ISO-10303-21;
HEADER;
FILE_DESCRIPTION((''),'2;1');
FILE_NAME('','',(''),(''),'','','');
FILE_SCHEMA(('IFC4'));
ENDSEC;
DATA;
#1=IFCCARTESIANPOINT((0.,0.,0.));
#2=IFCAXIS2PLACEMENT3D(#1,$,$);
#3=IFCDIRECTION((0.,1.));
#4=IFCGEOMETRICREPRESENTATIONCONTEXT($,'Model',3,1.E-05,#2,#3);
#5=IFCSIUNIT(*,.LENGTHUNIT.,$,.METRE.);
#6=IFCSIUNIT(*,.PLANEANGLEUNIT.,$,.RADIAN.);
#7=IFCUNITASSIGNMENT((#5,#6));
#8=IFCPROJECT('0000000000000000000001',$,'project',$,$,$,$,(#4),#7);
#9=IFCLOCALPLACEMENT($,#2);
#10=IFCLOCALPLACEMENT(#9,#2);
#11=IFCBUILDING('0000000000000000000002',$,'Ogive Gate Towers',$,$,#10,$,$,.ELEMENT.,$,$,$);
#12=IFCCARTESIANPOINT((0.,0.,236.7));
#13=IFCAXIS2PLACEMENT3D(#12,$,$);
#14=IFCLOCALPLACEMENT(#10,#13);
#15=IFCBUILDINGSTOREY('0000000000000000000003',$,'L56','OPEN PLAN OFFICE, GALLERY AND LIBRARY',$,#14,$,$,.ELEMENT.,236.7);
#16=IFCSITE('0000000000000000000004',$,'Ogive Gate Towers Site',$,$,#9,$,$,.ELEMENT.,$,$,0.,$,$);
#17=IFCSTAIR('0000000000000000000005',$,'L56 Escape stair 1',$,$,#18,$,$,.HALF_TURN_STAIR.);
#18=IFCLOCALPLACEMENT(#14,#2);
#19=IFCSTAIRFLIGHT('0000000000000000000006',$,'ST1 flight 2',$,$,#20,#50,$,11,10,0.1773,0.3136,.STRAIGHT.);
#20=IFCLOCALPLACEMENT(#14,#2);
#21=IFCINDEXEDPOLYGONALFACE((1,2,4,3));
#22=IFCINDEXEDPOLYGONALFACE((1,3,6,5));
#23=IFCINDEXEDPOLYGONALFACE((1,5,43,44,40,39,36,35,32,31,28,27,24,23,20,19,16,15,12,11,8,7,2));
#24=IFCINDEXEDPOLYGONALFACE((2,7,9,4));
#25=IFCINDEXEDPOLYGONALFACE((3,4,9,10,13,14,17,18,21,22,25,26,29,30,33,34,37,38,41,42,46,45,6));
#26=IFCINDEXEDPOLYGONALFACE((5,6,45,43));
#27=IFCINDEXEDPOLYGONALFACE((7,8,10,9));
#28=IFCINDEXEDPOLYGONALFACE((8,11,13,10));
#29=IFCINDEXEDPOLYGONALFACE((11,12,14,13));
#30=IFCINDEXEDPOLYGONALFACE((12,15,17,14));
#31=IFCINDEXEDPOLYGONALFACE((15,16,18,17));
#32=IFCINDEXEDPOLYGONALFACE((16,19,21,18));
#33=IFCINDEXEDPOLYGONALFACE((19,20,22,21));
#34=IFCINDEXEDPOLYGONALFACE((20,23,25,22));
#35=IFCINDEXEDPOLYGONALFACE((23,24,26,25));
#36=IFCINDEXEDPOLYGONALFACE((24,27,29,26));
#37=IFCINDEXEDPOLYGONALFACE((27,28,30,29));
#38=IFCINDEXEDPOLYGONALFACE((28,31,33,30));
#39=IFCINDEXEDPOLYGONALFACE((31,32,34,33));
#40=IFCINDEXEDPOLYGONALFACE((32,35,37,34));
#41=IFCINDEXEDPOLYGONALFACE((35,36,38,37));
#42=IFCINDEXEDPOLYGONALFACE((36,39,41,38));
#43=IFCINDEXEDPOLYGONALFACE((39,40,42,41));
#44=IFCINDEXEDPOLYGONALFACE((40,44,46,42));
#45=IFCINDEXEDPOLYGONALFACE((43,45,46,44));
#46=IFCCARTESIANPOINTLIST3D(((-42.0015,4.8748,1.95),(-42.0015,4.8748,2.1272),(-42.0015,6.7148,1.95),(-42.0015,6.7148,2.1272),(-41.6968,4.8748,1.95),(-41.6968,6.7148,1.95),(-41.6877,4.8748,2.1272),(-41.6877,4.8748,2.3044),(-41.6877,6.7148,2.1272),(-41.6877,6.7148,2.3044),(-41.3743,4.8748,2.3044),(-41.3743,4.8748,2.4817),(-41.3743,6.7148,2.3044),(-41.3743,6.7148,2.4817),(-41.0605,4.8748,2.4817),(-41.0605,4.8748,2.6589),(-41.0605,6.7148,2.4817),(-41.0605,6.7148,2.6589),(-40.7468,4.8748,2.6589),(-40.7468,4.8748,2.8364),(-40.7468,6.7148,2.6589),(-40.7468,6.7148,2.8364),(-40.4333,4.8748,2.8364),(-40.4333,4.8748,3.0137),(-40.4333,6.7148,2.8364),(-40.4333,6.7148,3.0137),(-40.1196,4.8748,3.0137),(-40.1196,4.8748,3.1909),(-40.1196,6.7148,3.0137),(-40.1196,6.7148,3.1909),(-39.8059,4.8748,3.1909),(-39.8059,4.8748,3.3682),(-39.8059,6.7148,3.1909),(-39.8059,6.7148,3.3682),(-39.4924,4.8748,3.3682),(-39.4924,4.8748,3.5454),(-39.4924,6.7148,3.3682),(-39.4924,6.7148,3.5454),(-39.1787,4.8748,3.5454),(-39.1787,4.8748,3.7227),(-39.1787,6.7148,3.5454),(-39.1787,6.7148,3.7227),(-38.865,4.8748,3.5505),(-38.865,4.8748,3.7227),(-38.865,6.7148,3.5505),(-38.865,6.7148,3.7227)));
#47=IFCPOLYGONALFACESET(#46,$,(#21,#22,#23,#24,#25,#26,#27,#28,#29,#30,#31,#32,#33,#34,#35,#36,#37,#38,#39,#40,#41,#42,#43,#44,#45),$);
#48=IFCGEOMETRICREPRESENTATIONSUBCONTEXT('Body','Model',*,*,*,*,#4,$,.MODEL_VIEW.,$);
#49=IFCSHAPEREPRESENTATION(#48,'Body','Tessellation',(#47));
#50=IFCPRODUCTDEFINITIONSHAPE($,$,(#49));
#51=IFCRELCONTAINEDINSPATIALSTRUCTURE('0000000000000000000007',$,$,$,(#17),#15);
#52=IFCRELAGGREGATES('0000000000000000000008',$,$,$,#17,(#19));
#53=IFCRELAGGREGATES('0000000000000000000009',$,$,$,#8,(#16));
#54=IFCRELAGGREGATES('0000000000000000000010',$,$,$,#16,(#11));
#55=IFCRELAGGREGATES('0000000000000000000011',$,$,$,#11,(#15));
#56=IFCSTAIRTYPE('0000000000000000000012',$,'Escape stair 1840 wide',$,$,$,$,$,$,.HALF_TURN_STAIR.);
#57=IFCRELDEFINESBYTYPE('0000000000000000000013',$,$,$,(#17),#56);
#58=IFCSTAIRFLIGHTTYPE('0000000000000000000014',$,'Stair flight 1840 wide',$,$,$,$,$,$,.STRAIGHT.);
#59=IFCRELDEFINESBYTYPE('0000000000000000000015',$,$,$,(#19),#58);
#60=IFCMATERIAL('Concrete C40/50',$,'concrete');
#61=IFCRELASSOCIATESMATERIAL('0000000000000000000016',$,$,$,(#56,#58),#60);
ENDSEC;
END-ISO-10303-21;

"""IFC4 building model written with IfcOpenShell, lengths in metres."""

from ifc_helpers import new_model, si_unit, direction, frame, origin, place, context, subcontext, project, spatial, polyline, outline, extrude, material, type_object, element, aggregate, save


model = new_model("IFC4")

# Units and contexts
model_context = context("Model", 3, precision=1e-05, world=origin(), true_north=direction((0.0, 1.0)))
body_context = subcontext(model_context, "Body", "Model", "MODEL_VIEW")
ifc_project = project(units=[si_unit("LENGTHUNIT", "METRE"), si_unit("PLANEANGLEUNIT", "RADIAN")], contexts=[model_context])

# Site, building, storey
site_placement = place(None, origin())
site = spatial("IfcSite", under=ifc_project, at=site_placement, Name="Ogive Gate Towers Site", CompositionType="ELEMENT", RefElevation=0.0)
building_placement = place(site_placement, origin())
building = spatial("IfcBuilding", under=site, at=building_placement, Name="Ogive Gate Towers", CompositionType="ELEMENT")
storey_placement = place(building_placement, frame((0.0, 0.0, 236.7)))
storey = spatial("IfcBuildingStorey", under=building, at=storey_placement, Name="L56", Description="OPEN PLAN OFFICE, GALLERY AND LIBRARY", CompositionType="ELEMENT", Elevation=236.7)

# Stair, stair flight
ifc_material_1 = material(Name="Concrete C40/50", Category="concrete")
stair_type = type_object("IfcStairType", Name="Escape stair 1840 wide", PredefinedType="HALF_TURN_STAIR", material=ifc_material_1)
stair_placement = place(storey_placement, origin())
stair = element("IfcStair", 1, at=stair_placement, inside=storey, type_object=stair_type, Name="L56 Escape stair 1", PredefinedType="HALF_TURN_STAIR")
stair_flight_type = type_object("IfcStairFlightType", Name="Stair flight 1840 wide", PredefinedType="STRAIGHT", material=ifc_material_1)
stair_flight_placement = place(storey_placement, frame((-42.0015, 5.7949, 1.95), z_axis=(0.0, 0.0, 1.0), x_axis=(1.0, 0.0, 0.0)))
stair_flight = element("IfcStairFlight", 2, at=stair_flight_placement, type_object=stair_flight_type, Name="ST1 flight 2", NumberOfRisers=11, NumberOfTreads=10, PredefinedType="STRAIGHT", RiserHeight=0.1773, TreadLength=0.3136, context=body_context, shape_type="SweptSolid", body=[
    extrude(outline(polyline([(0.0, 0.0), (0.0, 0.1772), (0.3137, 0.1772), (0.3137, 0.3545), (0.6272, 0.3545), (0.6272, 0.5317), (0.9409, 0.5317), (0.9409, 0.709), (1.2546, 0.709), (1.2546, 0.8865), (1.5681, 0.8865), (1.5681, 1.0637), (1.8818, 1.0637), (1.8818, 1.241), (2.1956, 1.241), (2.1956, 1.4182), (2.509, 1.4182), (2.509, 1.5955), (2.8228, 1.5955), (2.8228, 1.7727), (3.1365, 1.7727), (3.1365, 1.95), (3.1365, 1.6006), (0.3047, 0.0), (0.0, 0.0)])), frame((0.0, 0.9199, 0.0), z_axis=(0.0, -1.0, 0.0), x_axis=(1.0, 0.0, 0.0)), (0.0, 0.0, 1.0), 1.8401),
])
aggregate(stair, [stair_flight])

save(model, "model.ifc")
